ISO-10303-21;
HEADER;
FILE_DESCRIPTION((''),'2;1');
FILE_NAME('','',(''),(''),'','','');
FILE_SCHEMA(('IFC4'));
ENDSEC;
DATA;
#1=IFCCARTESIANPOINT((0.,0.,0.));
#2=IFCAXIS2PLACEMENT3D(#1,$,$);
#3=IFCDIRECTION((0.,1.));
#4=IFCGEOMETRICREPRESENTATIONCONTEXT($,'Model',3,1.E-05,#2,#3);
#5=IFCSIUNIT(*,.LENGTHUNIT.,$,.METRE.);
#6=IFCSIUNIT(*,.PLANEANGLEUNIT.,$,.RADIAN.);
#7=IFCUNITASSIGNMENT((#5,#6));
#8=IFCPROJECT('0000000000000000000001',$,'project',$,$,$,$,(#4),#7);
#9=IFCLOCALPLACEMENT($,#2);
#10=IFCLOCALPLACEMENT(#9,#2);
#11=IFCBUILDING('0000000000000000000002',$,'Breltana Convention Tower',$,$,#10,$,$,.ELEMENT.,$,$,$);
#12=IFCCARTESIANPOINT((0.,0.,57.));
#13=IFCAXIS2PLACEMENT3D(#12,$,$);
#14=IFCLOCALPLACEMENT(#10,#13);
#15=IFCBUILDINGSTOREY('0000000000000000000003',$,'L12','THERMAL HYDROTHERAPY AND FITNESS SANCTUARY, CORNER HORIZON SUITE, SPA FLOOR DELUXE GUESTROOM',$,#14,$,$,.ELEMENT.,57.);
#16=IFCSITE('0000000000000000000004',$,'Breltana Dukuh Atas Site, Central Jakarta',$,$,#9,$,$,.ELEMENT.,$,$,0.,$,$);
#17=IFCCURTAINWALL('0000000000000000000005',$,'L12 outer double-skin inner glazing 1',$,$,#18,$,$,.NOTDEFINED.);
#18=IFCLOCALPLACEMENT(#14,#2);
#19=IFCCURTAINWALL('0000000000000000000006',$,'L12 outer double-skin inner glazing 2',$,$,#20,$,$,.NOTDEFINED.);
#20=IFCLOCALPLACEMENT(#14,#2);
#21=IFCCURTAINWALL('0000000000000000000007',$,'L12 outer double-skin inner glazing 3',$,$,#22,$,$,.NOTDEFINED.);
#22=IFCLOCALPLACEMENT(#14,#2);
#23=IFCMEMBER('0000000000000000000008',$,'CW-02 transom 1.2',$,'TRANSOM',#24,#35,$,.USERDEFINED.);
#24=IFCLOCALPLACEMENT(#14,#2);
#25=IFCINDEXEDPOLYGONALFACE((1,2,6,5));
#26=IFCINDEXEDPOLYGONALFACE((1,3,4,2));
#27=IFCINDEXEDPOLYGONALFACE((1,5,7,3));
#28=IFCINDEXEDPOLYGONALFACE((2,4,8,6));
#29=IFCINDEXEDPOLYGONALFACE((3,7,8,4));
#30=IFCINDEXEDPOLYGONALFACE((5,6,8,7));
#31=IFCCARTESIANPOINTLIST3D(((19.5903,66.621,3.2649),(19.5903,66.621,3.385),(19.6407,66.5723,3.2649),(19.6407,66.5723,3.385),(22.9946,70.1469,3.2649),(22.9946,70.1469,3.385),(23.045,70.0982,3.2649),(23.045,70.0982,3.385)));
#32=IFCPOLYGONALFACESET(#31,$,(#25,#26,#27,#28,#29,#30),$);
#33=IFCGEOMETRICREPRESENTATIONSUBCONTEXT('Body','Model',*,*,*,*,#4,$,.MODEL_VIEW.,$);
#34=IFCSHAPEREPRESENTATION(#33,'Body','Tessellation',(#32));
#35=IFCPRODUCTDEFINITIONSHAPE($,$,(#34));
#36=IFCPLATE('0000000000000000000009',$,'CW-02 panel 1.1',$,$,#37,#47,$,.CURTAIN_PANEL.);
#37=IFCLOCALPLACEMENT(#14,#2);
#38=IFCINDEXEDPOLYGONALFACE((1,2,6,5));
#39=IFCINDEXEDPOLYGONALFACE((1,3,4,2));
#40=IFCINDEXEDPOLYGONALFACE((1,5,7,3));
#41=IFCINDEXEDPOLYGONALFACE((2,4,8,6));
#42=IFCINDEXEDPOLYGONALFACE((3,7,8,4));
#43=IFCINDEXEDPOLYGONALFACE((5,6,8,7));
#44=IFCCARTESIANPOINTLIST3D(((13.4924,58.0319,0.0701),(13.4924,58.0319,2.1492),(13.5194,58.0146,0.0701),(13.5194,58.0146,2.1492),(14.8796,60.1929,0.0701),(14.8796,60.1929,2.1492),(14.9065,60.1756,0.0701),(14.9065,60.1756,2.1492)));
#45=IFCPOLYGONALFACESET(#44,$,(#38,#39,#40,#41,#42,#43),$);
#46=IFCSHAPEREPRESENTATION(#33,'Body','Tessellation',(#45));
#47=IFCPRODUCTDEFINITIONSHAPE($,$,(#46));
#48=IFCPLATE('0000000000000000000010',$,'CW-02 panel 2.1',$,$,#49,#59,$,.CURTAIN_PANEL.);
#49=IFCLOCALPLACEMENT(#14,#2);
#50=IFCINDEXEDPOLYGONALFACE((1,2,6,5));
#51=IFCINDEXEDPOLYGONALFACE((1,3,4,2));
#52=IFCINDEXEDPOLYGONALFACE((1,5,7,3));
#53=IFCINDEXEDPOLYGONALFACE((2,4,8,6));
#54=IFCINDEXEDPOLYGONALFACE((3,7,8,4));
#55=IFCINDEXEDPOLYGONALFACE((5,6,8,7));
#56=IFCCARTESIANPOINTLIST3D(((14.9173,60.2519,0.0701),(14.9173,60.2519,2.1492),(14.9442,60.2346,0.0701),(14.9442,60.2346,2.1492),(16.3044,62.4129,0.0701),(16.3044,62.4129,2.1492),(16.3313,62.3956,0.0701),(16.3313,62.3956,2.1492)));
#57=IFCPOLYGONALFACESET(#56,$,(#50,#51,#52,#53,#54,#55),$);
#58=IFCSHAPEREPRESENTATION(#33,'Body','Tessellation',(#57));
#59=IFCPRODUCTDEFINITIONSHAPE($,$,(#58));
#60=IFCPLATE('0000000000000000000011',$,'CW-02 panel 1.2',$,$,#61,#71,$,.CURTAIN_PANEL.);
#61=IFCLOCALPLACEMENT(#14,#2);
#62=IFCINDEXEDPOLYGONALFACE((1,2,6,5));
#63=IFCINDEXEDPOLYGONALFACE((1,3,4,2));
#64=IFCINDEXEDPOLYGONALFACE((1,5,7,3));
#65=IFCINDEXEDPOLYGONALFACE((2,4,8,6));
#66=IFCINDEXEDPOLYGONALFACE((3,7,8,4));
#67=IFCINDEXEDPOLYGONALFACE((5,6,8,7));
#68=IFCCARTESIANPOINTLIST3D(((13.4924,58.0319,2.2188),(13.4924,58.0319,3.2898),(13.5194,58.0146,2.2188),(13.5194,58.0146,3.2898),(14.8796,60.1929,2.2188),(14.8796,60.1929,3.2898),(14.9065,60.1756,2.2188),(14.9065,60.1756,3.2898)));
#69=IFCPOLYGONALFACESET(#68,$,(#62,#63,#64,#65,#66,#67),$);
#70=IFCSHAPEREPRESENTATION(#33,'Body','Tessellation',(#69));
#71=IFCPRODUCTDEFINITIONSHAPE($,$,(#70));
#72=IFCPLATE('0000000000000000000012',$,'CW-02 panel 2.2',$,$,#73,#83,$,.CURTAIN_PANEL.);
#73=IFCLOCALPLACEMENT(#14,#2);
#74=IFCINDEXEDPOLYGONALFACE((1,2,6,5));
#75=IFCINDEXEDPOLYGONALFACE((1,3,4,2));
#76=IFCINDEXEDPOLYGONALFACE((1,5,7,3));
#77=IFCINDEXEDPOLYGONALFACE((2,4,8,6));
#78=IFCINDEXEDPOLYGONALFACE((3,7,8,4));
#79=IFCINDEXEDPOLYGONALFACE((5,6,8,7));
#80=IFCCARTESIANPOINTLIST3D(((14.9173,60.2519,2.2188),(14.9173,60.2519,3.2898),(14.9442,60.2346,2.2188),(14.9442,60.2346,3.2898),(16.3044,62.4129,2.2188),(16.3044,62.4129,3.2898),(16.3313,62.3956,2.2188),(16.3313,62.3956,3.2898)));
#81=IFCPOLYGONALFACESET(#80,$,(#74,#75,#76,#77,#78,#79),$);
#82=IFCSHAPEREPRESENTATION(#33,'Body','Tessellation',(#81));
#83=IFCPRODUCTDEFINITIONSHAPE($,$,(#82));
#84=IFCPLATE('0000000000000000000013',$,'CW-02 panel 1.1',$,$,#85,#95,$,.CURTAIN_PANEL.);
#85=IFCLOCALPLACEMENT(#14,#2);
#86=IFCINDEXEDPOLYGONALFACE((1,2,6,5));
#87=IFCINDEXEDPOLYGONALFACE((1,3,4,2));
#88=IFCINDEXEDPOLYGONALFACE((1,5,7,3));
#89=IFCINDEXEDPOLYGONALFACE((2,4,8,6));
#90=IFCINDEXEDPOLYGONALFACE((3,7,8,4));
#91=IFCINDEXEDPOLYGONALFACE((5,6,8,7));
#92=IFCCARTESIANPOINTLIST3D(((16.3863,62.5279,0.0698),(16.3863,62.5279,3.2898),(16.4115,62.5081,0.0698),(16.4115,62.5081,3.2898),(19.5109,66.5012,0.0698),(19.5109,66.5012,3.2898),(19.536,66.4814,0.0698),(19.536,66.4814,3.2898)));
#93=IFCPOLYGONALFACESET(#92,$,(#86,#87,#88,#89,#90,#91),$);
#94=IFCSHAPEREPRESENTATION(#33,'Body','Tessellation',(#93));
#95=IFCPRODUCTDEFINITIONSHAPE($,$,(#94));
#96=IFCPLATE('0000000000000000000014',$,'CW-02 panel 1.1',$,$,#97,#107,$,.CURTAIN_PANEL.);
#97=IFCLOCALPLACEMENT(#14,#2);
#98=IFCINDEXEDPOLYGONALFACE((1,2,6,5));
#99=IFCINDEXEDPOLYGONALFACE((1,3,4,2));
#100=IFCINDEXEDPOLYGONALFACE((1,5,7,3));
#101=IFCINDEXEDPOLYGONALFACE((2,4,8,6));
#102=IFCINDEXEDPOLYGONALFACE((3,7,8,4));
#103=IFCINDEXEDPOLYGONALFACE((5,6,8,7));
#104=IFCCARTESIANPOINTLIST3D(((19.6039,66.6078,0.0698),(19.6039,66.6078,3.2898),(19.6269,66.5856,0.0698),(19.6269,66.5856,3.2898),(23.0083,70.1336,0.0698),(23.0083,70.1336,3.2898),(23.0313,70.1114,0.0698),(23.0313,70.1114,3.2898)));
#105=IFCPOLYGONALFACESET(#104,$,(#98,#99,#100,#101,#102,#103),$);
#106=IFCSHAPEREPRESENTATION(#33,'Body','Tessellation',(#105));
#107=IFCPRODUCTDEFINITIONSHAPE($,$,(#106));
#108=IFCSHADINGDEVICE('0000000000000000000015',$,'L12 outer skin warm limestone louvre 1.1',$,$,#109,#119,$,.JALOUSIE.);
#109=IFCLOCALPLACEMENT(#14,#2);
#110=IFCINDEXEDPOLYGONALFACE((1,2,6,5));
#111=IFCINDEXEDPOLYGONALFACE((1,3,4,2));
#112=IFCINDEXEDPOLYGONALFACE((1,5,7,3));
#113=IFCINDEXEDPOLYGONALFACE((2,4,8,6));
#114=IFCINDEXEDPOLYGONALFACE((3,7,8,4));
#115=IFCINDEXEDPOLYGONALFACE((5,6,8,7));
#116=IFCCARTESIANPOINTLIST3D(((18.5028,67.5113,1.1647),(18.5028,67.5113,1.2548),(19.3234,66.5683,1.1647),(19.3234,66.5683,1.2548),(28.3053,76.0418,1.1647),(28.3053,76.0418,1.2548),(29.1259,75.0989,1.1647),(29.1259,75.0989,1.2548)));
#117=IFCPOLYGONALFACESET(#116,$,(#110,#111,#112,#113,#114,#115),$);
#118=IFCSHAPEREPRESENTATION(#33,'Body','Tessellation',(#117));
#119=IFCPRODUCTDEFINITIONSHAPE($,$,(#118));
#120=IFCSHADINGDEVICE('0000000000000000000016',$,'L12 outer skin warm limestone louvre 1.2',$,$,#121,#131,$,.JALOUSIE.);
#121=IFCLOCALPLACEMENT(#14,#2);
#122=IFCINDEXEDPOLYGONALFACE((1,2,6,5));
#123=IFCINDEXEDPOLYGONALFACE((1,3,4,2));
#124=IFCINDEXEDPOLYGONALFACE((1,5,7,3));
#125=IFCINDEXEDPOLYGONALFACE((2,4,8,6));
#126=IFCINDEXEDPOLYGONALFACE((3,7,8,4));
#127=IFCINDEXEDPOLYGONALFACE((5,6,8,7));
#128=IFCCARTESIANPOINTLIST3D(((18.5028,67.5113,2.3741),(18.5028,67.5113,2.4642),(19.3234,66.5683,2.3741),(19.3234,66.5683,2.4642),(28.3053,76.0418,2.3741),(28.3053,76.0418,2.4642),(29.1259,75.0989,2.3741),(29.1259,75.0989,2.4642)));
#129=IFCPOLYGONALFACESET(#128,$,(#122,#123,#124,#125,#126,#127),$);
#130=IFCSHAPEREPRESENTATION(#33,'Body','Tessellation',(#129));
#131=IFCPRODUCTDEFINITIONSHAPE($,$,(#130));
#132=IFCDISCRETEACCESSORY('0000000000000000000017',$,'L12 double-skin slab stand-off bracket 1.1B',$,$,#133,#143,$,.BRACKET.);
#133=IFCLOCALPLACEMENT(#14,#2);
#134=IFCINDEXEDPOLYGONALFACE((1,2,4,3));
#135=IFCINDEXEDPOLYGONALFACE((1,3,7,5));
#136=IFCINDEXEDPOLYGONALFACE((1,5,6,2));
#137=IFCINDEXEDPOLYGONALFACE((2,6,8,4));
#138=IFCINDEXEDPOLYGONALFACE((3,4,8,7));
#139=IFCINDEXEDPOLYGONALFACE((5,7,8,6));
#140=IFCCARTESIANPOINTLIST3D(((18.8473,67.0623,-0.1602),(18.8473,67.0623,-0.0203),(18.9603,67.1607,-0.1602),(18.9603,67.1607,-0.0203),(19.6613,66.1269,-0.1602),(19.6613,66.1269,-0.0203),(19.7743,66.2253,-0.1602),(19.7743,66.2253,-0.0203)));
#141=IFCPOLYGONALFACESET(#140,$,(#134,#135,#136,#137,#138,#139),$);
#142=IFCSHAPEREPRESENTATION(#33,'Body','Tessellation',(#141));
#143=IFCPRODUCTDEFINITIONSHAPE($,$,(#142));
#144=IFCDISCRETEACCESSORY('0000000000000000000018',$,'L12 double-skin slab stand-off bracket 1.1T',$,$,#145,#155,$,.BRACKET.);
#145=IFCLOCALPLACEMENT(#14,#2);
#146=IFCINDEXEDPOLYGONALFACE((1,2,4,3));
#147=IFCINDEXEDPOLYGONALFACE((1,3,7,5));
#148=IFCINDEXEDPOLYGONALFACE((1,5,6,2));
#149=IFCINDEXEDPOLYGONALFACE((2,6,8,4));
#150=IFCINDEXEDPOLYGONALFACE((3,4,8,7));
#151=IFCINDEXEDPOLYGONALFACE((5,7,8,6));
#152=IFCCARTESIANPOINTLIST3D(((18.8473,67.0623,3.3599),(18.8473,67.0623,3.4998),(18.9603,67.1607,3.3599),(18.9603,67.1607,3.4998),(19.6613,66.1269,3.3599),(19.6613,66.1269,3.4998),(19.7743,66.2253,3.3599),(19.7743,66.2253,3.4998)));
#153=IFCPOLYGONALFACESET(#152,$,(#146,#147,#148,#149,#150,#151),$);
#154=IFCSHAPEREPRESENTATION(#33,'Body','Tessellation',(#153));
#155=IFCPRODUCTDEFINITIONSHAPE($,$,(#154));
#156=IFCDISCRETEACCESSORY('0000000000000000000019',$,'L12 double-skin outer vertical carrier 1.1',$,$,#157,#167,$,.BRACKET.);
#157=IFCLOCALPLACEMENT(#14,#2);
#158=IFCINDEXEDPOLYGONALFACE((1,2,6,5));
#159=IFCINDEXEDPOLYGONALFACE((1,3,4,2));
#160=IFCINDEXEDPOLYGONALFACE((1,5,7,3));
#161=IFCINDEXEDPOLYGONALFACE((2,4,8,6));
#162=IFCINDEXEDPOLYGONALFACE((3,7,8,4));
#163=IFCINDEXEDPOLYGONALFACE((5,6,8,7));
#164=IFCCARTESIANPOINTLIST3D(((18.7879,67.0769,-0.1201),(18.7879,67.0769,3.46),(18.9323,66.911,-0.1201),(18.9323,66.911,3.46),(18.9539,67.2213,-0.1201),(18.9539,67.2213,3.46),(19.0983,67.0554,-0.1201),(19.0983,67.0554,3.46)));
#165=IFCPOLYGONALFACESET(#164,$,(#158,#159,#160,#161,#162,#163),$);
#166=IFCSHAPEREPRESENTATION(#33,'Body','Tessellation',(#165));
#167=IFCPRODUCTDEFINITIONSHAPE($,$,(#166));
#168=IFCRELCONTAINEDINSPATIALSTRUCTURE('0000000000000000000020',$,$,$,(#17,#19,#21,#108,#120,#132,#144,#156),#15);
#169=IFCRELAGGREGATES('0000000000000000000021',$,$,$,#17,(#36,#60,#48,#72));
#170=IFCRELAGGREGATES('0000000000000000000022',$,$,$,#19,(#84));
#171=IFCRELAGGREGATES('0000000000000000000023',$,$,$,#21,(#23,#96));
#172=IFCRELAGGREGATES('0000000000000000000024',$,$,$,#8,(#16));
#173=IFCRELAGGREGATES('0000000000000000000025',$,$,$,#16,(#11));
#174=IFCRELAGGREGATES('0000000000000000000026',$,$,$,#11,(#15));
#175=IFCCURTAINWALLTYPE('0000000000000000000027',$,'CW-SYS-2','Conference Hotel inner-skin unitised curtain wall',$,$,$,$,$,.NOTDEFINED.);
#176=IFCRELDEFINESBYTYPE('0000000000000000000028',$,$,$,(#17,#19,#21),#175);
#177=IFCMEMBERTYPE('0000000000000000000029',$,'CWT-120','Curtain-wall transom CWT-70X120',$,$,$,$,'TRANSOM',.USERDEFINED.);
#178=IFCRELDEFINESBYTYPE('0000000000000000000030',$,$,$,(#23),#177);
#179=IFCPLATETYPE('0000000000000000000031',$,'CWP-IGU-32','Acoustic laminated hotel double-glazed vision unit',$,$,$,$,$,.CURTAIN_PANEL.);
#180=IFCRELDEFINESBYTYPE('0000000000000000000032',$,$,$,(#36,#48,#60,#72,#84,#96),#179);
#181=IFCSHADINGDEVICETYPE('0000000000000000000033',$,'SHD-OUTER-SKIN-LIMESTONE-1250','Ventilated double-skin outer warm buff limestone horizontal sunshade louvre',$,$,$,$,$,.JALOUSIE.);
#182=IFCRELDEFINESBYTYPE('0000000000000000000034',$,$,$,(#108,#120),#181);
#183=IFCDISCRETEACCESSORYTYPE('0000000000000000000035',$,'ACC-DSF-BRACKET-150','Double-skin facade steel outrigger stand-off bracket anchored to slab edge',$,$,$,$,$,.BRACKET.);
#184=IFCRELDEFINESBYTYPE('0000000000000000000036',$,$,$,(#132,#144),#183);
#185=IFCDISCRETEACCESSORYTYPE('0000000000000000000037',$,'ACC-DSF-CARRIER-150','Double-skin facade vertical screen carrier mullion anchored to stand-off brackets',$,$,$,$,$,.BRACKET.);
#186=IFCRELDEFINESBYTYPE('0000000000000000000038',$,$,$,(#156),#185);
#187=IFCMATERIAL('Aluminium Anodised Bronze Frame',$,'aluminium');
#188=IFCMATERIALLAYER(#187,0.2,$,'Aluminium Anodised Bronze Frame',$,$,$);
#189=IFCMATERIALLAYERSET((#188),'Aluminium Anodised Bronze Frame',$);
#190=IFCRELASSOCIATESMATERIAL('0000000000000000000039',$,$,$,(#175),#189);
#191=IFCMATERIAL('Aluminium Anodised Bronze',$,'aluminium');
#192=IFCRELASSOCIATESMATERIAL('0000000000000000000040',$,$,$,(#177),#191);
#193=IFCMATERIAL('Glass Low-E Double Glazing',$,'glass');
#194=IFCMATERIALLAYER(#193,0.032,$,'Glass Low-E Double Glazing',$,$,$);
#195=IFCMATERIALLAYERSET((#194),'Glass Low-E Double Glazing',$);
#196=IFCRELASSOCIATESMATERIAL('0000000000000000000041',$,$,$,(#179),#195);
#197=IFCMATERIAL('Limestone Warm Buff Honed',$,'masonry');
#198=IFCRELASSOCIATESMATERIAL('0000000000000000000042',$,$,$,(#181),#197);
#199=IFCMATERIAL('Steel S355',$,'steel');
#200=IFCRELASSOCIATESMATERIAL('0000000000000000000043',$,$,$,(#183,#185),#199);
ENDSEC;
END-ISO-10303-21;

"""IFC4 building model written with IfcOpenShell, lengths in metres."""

from ifc_helpers import new_model, si_unit, direction, frame, origin, origin_2d, place, context, subcontext, project, spatial, rectangle, extrude, source, transform, mapped, material, layer, layer_set, material_profile, profile_set, type_object, type_shapes, element, aggregate, save


model = new_model("IFC4")

# Units and contexts
model_context = context("Model", 3, precision=1e-05, world=origin(), true_north=direction((0.0, 1.0)))
body_context = subcontext(model_context, "Body", "Model", "MODEL_VIEW")
ifc_project = project(units=[si_unit("LENGTHUNIT", "METRE"), si_unit("PLANEANGLEUNIT", "RADIAN")], contexts=[model_context])

# Site, building, storey
site_placement = place(None, origin())
site = spatial("IfcSite", under=ifc_project, at=site_placement, Name="Breltana Dukuh Atas Site, Central Jakarta", CompositionType="ELEMENT", RefElevation=0.0)
building_placement = place(site_placement, origin())
building = spatial("IfcBuilding", under=site, at=building_placement, Name="Breltana Convention Tower", CompositionType="ELEMENT")
storey_placement = place(building_placement, frame((0.0, 0.0, 57.0)))
storey = spatial("IfcBuildingStorey", under=building, at=storey_placement, Name="L12", Description="THERMAL HYDROTHERAPY AND FITNESS SANCTUARY, CORNER HORIZON SUITE, SPA FLOOR DELUXE GUESTROOM", CompositionType="ELEMENT", Elevation=57.0)

# Curtain walls
ifc_material_1 = material(Name="Aluminium Anodised Bronze Frame", Category="aluminium")
ifc_layer_1 = layer(ifc_material_1, 0.2, Name="Aluminium Anodised Bronze Frame")
ifc_layer_set_1 = layer_set([ifc_layer_1], Name="Aluminium Anodised Bronze Frame")
curtain_wall_type = type_object("IfcCurtainWallType", Name="CW-SYS-2", Description="Conference Hotel inner-skin unitised curtain wall", PredefinedType="NOTDEFINED", material=ifc_layer_set_1)
curtain_wall_1_placement = place(storey_placement, origin())
curtain_wall_1 = element("IfcCurtainWall", 1, at=curtain_wall_1_placement, inside=storey, type_object=curtain_wall_type, Name="L12 outer double-skin inner glazing 1", PredefinedType="NOTDEFINED")
ifc_material_2 = material(Name="Aluminium Anodised Bronze", Category="aluminium")
curtain_wall_2_placement = place(storey_placement, origin())
curtain_wall_2 = element("IfcCurtainWall", 2, at=curtain_wall_2_placement, inside=storey, type_object=curtain_wall_type, Name="L12 outer double-skin inner glazing 2", PredefinedType="NOTDEFINED")

# Curtain wall
curtain_wall_3_placement = place(storey_placement, origin())
curtain_wall_3 = element("IfcCurtainWall", 3, at=curtain_wall_3_placement, inside=storey, type_object=curtain_wall_type, Name="L12 outer double-skin inner glazing 3", PredefinedType="NOTDEFINED")

# Member
ifc_material_profile_1 = material_profile(ifc_material_2, rectangle(XDim=0.0701, YDim=0.1201, at=origin_2d()), Name="CWT-70X120")
ifc_profile_set_1 = profile_set([ifc_material_profile_1], Name="Aluminium Anodised Bronze")
member_type_1 = type_object("IfcMemberType", Name="CWT-120", Description="Curtain-wall transom CWT-70X120", ElementType="TRANSOM", PredefinedType="USERDEFINED", material=ifc_profile_set_1)
shared_shape_1 = source(origin(), body_context, "Body", "SweptSolid", [
    extrude(rectangle(XDim=0.0701, YDim=0.1201, at=origin_2d()), origin(), (0.0, 0.0, 1.0), 4.9011),
])
member_1_placement = place(storey_placement, frame((19.6155, 66.5967, 3.325), z_axis=(0.694595, 0.719401, 0.0), x_axis=(-0.719401, 0.694595, 0.0)))
member_1 = element("IfcMember", 4, at=member_1_placement, type_object=member_type_1, Name="CW-02 transom 1.2", ObjectType="TRANSOM", PredefinedType="USERDEFINED", context=body_context, shape_type="MappedRepresentation", body=[
    mapped(shared_shape_1, transform((0.0, 0.0, 0.0), scale=1.0)),
])

# Plates
ifc_material_3 = material(Name="Glass Low-E Double Glazing", Category="glass")
ifc_layer_2 = layer(ifc_material_3, 0.032, Name="Glass Low-E Double Glazing")
ifc_layer_set_2 = layer_set([ifc_layer_2], Name="Glass Low-E Double Glazing")
plate_type = type_object("IfcPlateType", Name="CWP-IGU-32", Description="Acoustic laminated hotel double-glazed vision unit", PredefinedType="CURTAIN_PANEL", material=ifc_layer_set_2)
shared_shape_2 = source(origin(), body_context, "Body", "SweptSolid", [
    extrude(rectangle(XDim=2.5679, YDim=0.032, at=origin_2d()), origin(), (0.0, 0.0, 1.0), 2.0791),
])
type_shapes(plate_type, [shared_shape_2])
plate_1_placement = place(storey_placement, frame((14.1995, 59.1038, 0.0701), z_axis=(0.0, 0.0, 1.0), x_axis=(0.540181, 0.841549, 0.0)))
plate_1 = element("IfcPlate", 5, at=plate_1_placement, type_object=plate_type, Name="CW-02 panel 1.1", PredefinedType="CURTAIN_PANEL", context=body_context, shape_type="MappedRepresentation", body=[
    mapped(shared_shape_2, transform((0.0, 0.0, 0.0), scale=1.0)),
])
plate_2_placement = place(storey_placement, frame((15.6243, 61.3237, 0.0701), z_axis=(0.0, 0.0, 1.0), x_axis=(0.540181, 0.841549, 0.0)))
plate_2 = element("IfcPlate", 6, at=plate_2_placement, type_object=plate_type, Name="CW-02 panel 2.1", PredefinedType="CURTAIN_PANEL", context=body_context, shape_type="MappedRepresentation", body=[
    mapped(shared_shape_2, transform((0.0, 0.0, 0.0), scale=1.0)),
])
shared_shape_3 = source(origin(), body_context, "Body", "SweptSolid", [
    extrude(rectangle(XDim=2.5679, YDim=0.032, at=origin_2d()), origin(), (0.0, 0.0, 1.0), 1.071),
])
plate_3_placement = place(storey_placement, frame((14.1995, 59.1038, 2.2188), z_axis=(0.0, 0.0, 1.0), x_axis=(0.540181, 0.841549, 0.0)))
plate_3 = element("IfcPlate", 7, at=plate_3_placement, type_object=plate_type, Name="CW-02 panel 1.2", PredefinedType="CURTAIN_PANEL", context=body_context, shape_type="MappedRepresentation", body=[
    mapped(shared_shape_3, transform((0.0, 0.0, 0.0), scale=1.0)),
])
plate_4_placement = place(storey_placement, frame((15.6243, 61.3237, 2.2188), z_axis=(0.0, 0.0, 1.0), x_axis=(0.540181, 0.841549, 0.0)))
plate_4 = element("IfcPlate", 8, at=plate_4_placement, type_object=plate_type, Name="CW-02 panel 2.2", PredefinedType="CURTAIN_PANEL", context=body_context, shape_type="MappedRepresentation", body=[
    mapped(shared_shape_3, transform((0.0, 0.0, 0.0), scale=1.0)),
])
aggregate(curtain_wall_1, [plate_1, plate_3, plate_2, plate_4])
shared_shape_4 = source(origin(), body_context, "Body", "SweptSolid", [
    extrude(rectangle(XDim=5.0547, YDim=0.032, at=origin_2d()), origin(), (0.0, 0.0, 1.0), 3.22),
])
plate_5_placement = place(storey_placement, frame((17.9612, 64.5046, 0.0698), z_axis=(0.0, 0.0, 1.0), x_axis=(0.618154, 0.786057, 0.0)))
plate_5 = element("IfcPlate", 9, at=plate_5_placement, type_object=plate_type, Name="CW-02 panel 1.1", PredefinedType="CURTAIN_PANEL", context=body_context, shape_type="MappedRepresentation", body=[
    mapped(shared_shape_4, transform((0.0, 0.0, 0.0), scale=1.0)),
])
aggregate(curtain_wall_2, [plate_5])
shared_shape_5 = source(origin(), body_context, "Body", "SweptSolid", [
    extrude(rectangle(XDim=4.9011, YDim=0.032, at=origin_2d()), origin(), (0.0, 0.0, 1.0), 3.22),
])
plate_6_placement = place(storey_placement, frame((21.3176, 68.3596, 0.0698), z_axis=(0.0, 0.0, 1.0), x_axis=(0.69461, 0.719386, 0.0)))
plate_6 = element("IfcPlate", 10, at=plate_6_placement, type_object=plate_type, Name="CW-02 panel 1.1", PredefinedType="CURTAIN_PANEL", context=body_context, shape_type="MappedRepresentation", body=[
    mapped(shared_shape_5, transform((0.0, 0.0, 0.0), scale=1.0)),
])
aggregate(curtain_wall_3, [member_1, plate_6])

# Shading devices
ifc_material_4 = material(Name="Limestone Warm Buff Honed", Category="masonry")
ifc_material_profile_2 = material_profile(ifc_material_4, rectangle(XDim=1.25, YDim=0.0901, at=origin_2d()), Name="STN-LVR-1250X90")
ifc_profile_set_2 = profile_set([ifc_material_profile_2], Name="Limestone Warm Buff Honed")
shading_device_type = type_object("IfcShadingDeviceType", Name="SHD-OUTER-SKIN-LIMESTONE-1250", Description="Ventilated double-skin outer warm buff limestone horizontal sunshade louvre", PredefinedType="JALOUSIE", material=ifc_profile_set_2)
shared_shape_6 = source(origin(), body_context, "Body", "SweptSolid", [
    extrude(rectangle(XDim=1.25, YDim=0.0901, at=origin_2d()), origin(), (0.0, 0.0, 1.0), 12.9946),
])
type_shapes(shading_device_type, [shared_shape_6])
for number, where, z_axis, x_axis, name in (
    (11, (18.9131, 67.0398, 1.2097), (0.754353, 0.656468, 0.0), (-0.656468, 0.754353, 0.0), "L12 outer skin warm limestone louvre 1.1"),
    (12, (18.9131, 67.0398, 2.4192), (0.754353, 0.656468, 0.0), (-0.656468, 0.754353, 0.0), "L12 outer skin warm limestone louvre 1.2"),
):
    element("IfcShadingDevice", number, at=place(storey_placement, frame(where, z_axis=z_axis, x_axis=x_axis)), inside=storey, type_object=shading_device_type, Name=name, PredefinedType="JALOUSIE", context=body_context, shape_type="MappedRepresentation", body=[
        mapped(shared_shape_6, transform((0.0, 0.0, 0.0), scale=1.0)),
    ])

# Discrete accessories
ifc_material_5 = material(Name="Steel S355", Category="steel")
discrete_accessory_type_1 = type_object("IfcDiscreteAccessoryType", Name="ACC-DSF-BRACKET-150", Description="Double-skin facade steel outrigger stand-off bracket anchored to slab edge", PredefinedType="BRACKET", material=ifc_material_5)
shared_shape_7 = source(origin(), body_context, "Body", "SweptSolid", [
    extrude(rectangle(XDim=1.24, YDim=0.1499, at=origin_2d()), origin(), (0.0, 0.0, 1.0), 0.1399),
])
type_shapes(discrete_accessory_type_1, [shared_shape_7])
for number, where, z_axis, x_axis, name in (
    (13, (19.3108, 66.6438, -0.1602), (0.0, 0.0, 1.0), (-0.656457, 0.754364, 0.0), "L12 double-skin slab stand-off bracket 1.1B"),
    (14, (19.3108, 66.6438, 3.3599), (0.0, 0.0, 1.0), (-0.656457, 0.754364, 0.0), "L12 double-skin slab stand-off bracket 1.1T"),
):
    element("IfcDiscreteAccessory", number, at=place(storey_placement, frame(where, z_axis=z_axis, x_axis=x_axis)), inside=storey, type_object=discrete_accessory_type_1, Name=name, PredefinedType="BRACKET", context=body_context, shape_type="MappedRepresentation", body=[
        mapped(shared_shape_7, transform((0.0, 0.0, 0.0), scale=1.0)),
    ])
discrete_accessory_type_2 = type_object("IfcDiscreteAccessoryType", Name="ACC-DSF-CARRIER-150", Description="Double-skin facade vertical screen carrier mullion anchored to stand-off brackets", PredefinedType="BRACKET", material=ifc_material_5)
shared_shape_8 = source(origin(), body_context, "Body", "SweptSolid", [
    extrude(rectangle(XDim=0.22, YDim=0.22, at=origin_2d()), origin(), (0.0, 0.0, 1.0), 3.5801),
])
discrete_accessory_placement = place(storey_placement, frame((18.9431, 67.0662, -0.1201), z_axis=(0.0, 0.0, 1.0), x_axis=(-0.656457, 0.754364, 0.0)))
element("IfcDiscreteAccessory", 15, at=discrete_accessory_placement, inside=storey, type_object=discrete_accessory_type_2, Name="L12 double-skin outer vertical carrier 1.1", PredefinedType="BRACKET", context=body_context, shape_type="MappedRepresentation", body=[
    mapped(shared_shape_8, transform((0.0, 0.0, 0.0), scale=1.0)),
])

save(model, "model.ifc")
